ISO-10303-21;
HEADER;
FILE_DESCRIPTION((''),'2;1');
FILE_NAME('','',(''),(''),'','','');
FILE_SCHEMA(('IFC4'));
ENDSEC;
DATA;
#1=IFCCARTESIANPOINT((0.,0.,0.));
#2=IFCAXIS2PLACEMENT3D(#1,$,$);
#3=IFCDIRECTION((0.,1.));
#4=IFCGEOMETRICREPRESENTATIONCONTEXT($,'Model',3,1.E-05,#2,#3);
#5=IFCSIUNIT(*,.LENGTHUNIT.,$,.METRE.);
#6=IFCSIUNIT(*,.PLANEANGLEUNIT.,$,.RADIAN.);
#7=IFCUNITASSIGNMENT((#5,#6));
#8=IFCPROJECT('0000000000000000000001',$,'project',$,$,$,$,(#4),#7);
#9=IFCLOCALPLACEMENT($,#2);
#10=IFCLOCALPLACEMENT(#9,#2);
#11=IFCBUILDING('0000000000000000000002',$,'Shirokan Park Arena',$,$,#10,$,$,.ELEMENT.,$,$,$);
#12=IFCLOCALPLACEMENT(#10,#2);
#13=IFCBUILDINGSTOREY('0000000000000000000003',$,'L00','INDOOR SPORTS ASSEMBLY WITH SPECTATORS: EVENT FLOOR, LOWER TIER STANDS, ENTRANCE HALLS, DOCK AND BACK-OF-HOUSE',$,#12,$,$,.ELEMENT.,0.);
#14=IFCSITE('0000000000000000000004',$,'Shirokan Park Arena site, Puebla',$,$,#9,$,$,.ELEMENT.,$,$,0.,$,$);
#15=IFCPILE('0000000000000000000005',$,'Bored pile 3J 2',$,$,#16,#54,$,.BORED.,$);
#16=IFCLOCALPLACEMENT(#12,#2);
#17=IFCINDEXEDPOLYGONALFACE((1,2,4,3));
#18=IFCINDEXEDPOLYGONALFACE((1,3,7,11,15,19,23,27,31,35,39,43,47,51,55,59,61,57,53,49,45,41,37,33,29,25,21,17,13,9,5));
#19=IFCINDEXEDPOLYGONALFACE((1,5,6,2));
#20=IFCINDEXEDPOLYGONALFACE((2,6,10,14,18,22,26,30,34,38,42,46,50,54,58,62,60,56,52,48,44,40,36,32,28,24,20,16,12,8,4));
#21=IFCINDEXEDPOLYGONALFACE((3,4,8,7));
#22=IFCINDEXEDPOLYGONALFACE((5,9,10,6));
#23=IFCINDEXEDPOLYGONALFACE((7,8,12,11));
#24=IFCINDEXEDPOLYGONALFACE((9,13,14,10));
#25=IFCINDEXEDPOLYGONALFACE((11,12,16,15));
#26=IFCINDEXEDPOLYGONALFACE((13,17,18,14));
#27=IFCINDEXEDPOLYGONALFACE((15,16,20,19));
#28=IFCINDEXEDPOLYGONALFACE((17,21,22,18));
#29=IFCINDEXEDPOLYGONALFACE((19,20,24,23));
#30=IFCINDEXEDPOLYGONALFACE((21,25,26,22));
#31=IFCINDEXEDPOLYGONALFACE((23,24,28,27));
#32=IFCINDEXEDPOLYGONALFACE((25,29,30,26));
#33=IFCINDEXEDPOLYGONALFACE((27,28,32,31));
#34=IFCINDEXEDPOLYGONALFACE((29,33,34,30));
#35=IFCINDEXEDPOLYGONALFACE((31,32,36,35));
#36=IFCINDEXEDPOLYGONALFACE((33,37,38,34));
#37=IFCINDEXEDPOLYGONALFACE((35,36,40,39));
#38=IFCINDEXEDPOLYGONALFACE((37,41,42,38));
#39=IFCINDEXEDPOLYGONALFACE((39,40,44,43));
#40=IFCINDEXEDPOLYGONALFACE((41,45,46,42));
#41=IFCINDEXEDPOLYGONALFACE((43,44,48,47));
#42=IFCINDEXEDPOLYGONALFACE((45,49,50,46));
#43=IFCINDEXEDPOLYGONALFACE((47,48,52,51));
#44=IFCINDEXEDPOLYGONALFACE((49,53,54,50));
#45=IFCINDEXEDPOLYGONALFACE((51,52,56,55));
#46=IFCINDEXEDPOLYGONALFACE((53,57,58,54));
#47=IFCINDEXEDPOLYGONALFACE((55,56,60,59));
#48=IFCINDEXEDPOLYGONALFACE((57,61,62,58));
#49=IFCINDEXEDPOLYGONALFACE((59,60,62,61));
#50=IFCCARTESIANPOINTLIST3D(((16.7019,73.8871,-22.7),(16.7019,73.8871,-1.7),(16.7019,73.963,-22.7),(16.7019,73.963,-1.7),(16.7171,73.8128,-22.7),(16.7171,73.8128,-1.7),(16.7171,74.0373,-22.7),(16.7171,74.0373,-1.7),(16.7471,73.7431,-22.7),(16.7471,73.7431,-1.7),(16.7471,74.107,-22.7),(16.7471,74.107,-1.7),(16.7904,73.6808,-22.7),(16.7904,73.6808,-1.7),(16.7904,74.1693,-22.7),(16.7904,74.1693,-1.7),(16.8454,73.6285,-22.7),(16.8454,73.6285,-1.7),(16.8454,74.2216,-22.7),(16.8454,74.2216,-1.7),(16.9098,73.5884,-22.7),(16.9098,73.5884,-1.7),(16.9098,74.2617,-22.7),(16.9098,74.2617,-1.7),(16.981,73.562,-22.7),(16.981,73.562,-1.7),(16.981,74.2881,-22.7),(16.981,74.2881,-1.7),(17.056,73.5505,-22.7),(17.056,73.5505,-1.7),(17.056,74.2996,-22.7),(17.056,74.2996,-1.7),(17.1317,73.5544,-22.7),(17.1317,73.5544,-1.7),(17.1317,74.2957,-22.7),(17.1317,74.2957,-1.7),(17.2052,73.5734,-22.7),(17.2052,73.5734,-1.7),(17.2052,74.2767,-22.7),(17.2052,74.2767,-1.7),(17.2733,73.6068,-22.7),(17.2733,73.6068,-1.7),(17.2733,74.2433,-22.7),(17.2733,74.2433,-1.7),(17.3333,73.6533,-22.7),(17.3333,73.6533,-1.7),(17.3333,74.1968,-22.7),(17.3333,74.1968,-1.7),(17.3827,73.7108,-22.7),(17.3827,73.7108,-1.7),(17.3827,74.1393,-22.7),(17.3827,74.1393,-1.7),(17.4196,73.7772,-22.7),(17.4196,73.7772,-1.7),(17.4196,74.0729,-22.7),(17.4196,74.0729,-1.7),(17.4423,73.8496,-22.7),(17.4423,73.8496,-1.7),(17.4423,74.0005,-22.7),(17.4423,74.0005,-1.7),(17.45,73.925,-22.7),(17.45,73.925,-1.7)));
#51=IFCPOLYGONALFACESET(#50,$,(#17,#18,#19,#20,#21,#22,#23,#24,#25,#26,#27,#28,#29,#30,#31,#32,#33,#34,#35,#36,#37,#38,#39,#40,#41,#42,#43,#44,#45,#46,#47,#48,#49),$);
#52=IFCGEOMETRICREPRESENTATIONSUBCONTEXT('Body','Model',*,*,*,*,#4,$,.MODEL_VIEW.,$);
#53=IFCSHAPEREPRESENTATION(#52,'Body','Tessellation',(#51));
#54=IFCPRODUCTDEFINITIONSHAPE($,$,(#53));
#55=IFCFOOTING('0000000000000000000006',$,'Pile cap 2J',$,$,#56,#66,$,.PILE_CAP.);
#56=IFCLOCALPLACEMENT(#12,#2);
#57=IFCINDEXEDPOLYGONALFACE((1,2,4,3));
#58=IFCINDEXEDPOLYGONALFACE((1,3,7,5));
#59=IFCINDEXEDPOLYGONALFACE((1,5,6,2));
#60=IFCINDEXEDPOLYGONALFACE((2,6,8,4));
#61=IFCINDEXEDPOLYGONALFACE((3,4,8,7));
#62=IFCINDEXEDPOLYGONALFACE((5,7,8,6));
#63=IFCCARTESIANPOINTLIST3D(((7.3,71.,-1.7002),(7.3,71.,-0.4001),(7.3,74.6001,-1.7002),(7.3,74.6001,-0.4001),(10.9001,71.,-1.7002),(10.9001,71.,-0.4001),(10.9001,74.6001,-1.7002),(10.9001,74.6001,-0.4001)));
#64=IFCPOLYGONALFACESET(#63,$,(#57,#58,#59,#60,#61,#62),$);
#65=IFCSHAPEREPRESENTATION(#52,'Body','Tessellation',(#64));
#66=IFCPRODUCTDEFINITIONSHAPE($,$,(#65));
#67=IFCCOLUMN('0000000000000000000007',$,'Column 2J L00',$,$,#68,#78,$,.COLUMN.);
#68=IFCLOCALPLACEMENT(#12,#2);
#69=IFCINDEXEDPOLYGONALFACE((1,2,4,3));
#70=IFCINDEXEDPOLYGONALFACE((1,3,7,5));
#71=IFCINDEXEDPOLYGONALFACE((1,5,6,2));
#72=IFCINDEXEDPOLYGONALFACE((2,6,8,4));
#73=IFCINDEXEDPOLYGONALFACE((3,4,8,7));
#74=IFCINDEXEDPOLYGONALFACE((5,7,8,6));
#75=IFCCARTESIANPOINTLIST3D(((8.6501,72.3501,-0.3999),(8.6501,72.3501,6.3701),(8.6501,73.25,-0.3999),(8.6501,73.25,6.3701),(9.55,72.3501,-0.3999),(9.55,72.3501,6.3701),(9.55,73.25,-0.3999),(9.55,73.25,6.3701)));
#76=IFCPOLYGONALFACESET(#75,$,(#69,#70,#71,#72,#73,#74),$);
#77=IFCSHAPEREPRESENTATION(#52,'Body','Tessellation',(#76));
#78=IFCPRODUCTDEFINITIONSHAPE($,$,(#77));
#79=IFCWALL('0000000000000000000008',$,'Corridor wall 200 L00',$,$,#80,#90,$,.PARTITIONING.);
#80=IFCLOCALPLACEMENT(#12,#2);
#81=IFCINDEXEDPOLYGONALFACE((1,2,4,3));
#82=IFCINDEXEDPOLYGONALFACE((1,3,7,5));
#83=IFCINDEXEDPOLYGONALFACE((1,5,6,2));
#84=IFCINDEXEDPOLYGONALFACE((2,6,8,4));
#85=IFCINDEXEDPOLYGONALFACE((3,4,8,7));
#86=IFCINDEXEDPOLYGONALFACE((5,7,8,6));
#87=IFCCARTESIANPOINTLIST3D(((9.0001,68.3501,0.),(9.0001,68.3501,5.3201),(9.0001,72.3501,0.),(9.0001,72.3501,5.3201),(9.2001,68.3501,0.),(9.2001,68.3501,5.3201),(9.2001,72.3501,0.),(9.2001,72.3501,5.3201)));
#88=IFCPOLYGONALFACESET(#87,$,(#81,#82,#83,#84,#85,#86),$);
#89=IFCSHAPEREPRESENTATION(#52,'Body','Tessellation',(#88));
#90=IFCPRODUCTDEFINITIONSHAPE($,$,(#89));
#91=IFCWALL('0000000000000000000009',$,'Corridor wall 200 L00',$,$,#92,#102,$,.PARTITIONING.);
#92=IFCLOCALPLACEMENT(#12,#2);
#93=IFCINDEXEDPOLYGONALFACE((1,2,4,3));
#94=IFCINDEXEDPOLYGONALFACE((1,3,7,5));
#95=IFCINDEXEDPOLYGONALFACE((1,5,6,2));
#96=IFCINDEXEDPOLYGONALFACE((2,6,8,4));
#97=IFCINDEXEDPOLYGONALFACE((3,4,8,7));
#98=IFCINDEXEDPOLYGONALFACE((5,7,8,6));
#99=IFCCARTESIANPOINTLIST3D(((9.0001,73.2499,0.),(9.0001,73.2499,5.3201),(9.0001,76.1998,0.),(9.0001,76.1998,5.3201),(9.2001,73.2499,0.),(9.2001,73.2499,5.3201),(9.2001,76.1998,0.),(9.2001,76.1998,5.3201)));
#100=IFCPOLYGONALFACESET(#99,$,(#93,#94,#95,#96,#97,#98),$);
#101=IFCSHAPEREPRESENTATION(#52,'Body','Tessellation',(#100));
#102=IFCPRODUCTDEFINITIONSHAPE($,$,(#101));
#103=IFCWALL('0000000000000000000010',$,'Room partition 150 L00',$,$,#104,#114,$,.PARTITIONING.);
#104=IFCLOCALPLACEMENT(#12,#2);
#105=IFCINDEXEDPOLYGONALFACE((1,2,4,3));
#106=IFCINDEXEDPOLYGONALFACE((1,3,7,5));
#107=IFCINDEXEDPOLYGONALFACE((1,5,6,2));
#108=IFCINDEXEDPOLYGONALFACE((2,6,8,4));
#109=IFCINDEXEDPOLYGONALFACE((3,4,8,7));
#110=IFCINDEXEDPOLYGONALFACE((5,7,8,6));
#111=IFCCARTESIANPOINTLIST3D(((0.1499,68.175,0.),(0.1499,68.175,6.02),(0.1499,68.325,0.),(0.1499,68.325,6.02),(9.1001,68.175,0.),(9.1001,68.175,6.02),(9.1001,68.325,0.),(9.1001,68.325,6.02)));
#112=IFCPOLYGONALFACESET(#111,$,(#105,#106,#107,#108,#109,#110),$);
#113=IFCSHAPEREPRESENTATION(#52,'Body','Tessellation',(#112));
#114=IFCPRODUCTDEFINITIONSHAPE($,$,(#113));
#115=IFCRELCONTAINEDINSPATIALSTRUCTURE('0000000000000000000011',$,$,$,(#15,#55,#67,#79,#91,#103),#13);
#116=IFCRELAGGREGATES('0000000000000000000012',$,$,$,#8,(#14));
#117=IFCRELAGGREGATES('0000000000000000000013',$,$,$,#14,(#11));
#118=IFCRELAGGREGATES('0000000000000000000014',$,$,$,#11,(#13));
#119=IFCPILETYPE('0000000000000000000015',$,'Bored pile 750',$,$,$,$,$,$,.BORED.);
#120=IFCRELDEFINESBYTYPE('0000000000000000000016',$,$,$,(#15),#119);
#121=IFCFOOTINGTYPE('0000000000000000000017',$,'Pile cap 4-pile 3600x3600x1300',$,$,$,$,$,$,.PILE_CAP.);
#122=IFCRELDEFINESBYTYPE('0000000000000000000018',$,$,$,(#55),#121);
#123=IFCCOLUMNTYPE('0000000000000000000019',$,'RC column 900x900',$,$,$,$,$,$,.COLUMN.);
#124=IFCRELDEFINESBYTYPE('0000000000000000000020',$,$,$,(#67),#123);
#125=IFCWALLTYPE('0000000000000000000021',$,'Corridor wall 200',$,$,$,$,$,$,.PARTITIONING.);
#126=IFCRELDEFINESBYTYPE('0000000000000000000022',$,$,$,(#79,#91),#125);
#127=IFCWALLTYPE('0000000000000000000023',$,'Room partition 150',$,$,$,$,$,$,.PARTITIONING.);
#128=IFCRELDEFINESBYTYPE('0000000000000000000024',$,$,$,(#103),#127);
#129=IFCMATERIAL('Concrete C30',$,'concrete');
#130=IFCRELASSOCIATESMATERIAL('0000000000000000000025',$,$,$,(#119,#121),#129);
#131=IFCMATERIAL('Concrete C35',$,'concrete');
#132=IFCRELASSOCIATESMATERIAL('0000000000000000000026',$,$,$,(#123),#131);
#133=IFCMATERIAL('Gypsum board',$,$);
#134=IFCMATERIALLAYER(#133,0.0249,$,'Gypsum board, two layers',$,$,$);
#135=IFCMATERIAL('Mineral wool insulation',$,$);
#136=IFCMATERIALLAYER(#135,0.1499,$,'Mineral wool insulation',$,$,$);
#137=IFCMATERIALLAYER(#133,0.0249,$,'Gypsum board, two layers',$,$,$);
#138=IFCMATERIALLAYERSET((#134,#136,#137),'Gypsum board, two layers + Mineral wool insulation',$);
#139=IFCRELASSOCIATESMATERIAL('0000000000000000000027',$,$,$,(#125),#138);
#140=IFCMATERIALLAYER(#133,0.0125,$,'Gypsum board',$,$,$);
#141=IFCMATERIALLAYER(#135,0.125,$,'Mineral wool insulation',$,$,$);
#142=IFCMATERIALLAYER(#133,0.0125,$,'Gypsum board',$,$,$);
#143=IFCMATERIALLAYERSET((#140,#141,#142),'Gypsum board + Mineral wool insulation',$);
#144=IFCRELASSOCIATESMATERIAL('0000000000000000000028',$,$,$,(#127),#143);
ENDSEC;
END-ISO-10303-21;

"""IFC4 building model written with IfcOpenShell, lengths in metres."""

from ifc_helpers import new_model, si_unit, direction, frame, frame_2d, origin, origin_2d, place, context, subcontext, project, spatial, rectangle, circle, extrude, material, layer, layer_set, material_profile, profile_set, type_object, element, save


model = new_model("IFC4")

# Units and contexts
model_context = context("Model", 3, precision=1e-05, world=origin(), true_north=direction((0.0, 1.0)))
body_context = subcontext(model_context, "Body", "Model", "MODEL_VIEW")
ifc_project = project(units=[si_unit("LENGTHUNIT", "METRE"), si_unit("PLANEANGLEUNIT", "RADIAN")], contexts=[model_context])

# Site, building, storey
site_placement = place(None, origin())
site = spatial("IfcSite", under=ifc_project, at=site_placement, Name="Shirokan Park Arena site, Puebla", CompositionType="ELEMENT", RefElevation=0.0)
building_placement = place(site_placement, origin())
building = spatial("IfcBuilding", under=site, at=building_placement, Name="Shirokan Park Arena", CompositionType="ELEMENT")
storey_placement = place(building_placement, origin())
storey = spatial("IfcBuildingStorey", under=building, at=storey_placement, Name="L00", Description="INDOOR SPORTS ASSEMBLY WITH SPECTATORS: EVENT FLOOR, LOWER TIER STANDS, ENTRANCE HALLS, DOCK AND BACK-OF-HOUSE", CompositionType="ELEMENT", Elevation=0.0)

# Pile
ifc_material_1 = material(Name="Concrete C30", Category="concrete")
ifc_material_profile_1 = material_profile(ifc_material_1, circle(Radius=0.375, at=origin_2d()), Name="D750")
ifc_profile_set_1 = profile_set([ifc_material_profile_1], Name="Concrete C30")
pile_type_1 = type_object("IfcPileType", Name="Bored pile 750", PredefinedType="BORED", material=ifc_profile_set_1)
for number, where, z_axis, x_axis, name in (
    (1, (17.075, 73.925, -1.7), (0.0, 0.0, -1.0), (1.0, 0.0, 0.0), "Bored pile 3J 2"),
):
    element("IfcPile", number, at=place(storey_placement, frame(where, z_axis=z_axis, x_axis=x_axis)), inside=storey, type_object=pile_type_1, Name=name, PredefinedType="BORED", context=body_context, shape_type="SweptSolid", body=[
        extrude(circle(Radius=0.375, at=origin_2d()), origin(), (0.0, 0.0, 1.0), 21.0),
    ])

# Footing
footing_type = type_object("IfcFootingType", Name="Pile cap 4-pile 3600x3600x1300", PredefinedType="PILE_CAP", material=ifc_material_1)
footing_placement = place(storey_placement, frame((9.1001, 72.8, -1.7002), z_axis=(0.0, 0.0, 1.0), x_axis=(1.0, 0.0, 0.0)))
element("IfcFooting", 2, at=footing_placement, inside=storey, type_object=footing_type, Name="Pile cap 2J", PredefinedType="PILE_CAP", context=body_context, shape_type="SweptSolid", body=[
    extrude(rectangle(XDim=3.6001, YDim=3.6001, at=origin_2d()), origin(), (0.0, 0.0, 1.0), 1.3),
])

# Column
ifc_material_2 = material(Name="Concrete C35", Category="concrete")
ifc_material_profile_2 = material_profile(ifc_material_2, rectangle(XDim=0.8999, YDim=0.8999, at=origin_2d()), Name="900x900")
ifc_profile_set_2 = profile_set([ifc_material_profile_2], Name="Concrete C35")
column_type = type_object("IfcColumnType", Name="RC column 900x900", PredefinedType="COLUMN", material=ifc_profile_set_2)
column_placement = place(storey_placement, frame((9.1001, 72.8, -0.3999), z_axis=(0.0, 0.0, 1.0), x_axis=(1.0, 0.0, 0.0)))
element("IfcColumn", 3, at=column_placement, inside=storey, type_object=column_type, Name="Column 2J L00", PredefinedType="COLUMN", context=body_context, shape_type="SweptSolid", body=[
    extrude(rectangle(XDim=0.8999, YDim=0.8999, at=origin_2d()), origin(), (0.0, 0.0, 1.0), 6.77),
])

# Walls
ifc_material_3 = material(Name="Gypsum board")
ifc_layer_1 = layer(ifc_material_3, 0.0249, Name="Gypsum board, two layers")
ifc_material_4 = material(Name="Mineral wool insulation")
ifc_layer_2 = layer(ifc_material_4, 0.1499, Name="Mineral wool insulation")
ifc_layer_3 = layer(ifc_material_3, 0.0249, Name="Gypsum board, two layers")
ifc_layer_set_1 = layer_set([ifc_layer_1, ifc_layer_2, ifc_layer_3], Name="Gypsum board, two layers + Mineral wool insulation")
wall_type_1 = type_object("IfcWallType", Name="Corridor wall 200", PredefinedType="PARTITIONING", material=ifc_layer_set_1)
wall_1_placement = place(storey_placement, frame((9.1001, 72.3501, 0.0), z_axis=(0.0, 0.0, 1.0), x_axis=(0.0, -1.0, 0.0)))
element("IfcWall", 4, at=wall_1_placement, inside=storey, type_object=wall_type_1, Name="Corridor wall 200 L00", PredefinedType="PARTITIONING", context=body_context, shape_type="SweptSolid", body=[
    extrude(rectangle(XDim=4.0, YDim=0.2, at=frame_2d((2.0, 0.0))), origin(), (0.0, 0.0, 1.0), 5.3201),
])
wall_2_placement = place(storey_placement, frame((9.1001, 76.2, 0.0), z_axis=(0.0, 0.0, 1.0), x_axis=(0.0, -1.0, 0.0)))
element("IfcWall", 5, at=wall_2_placement, inside=storey, type_object=wall_type_1, Name="Corridor wall 200 L00", PredefinedType="PARTITIONING", context=body_context, shape_type="SweptSolid", body=[
    extrude(rectangle(XDim=2.95, YDim=0.2, at=frame_2d((1.4751, 0.0))), origin(), (0.0, 0.0, 1.0), 5.3201),
])

# Wall
ifc_layer_4 = layer(ifc_material_3, 0.0125, Name="Gypsum board")
ifc_layer_5 = layer(ifc_material_4, 0.125, Name="Mineral wool insulation")
ifc_layer_6 = layer(ifc_material_3, 0.0125, Name="Gypsum board")
ifc_layer_set_2 = layer_set([ifc_layer_4, ifc_layer_5, ifc_layer_6], Name="Gypsum board + Mineral wool insulation")
wall_type_2 = type_object("IfcWallType", Name="Room partition 150", PredefinedType="PARTITIONING", material=ifc_layer_set_2)
wall_3_placement = place(storey_placement, frame((9.1001, 68.25, 0.0), z_axis=(0.0, 0.0, 1.0), x_axis=(-1.0, 0.0, 0.0)))
element("IfcWall", 6, at=wall_3_placement, inside=storey, type_object=wall_type_2, Name="Room partition 150 L00", PredefinedType="PARTITIONING", context=body_context, shape_type="SweptSolid", body=[
    extrude(rectangle(XDim=8.9502, YDim=0.1499, at=frame_2d((4.4751, 0.0))), origin(), (0.0, 0.0, 1.0), 6.02),
])

save(model, "model.ifc")
